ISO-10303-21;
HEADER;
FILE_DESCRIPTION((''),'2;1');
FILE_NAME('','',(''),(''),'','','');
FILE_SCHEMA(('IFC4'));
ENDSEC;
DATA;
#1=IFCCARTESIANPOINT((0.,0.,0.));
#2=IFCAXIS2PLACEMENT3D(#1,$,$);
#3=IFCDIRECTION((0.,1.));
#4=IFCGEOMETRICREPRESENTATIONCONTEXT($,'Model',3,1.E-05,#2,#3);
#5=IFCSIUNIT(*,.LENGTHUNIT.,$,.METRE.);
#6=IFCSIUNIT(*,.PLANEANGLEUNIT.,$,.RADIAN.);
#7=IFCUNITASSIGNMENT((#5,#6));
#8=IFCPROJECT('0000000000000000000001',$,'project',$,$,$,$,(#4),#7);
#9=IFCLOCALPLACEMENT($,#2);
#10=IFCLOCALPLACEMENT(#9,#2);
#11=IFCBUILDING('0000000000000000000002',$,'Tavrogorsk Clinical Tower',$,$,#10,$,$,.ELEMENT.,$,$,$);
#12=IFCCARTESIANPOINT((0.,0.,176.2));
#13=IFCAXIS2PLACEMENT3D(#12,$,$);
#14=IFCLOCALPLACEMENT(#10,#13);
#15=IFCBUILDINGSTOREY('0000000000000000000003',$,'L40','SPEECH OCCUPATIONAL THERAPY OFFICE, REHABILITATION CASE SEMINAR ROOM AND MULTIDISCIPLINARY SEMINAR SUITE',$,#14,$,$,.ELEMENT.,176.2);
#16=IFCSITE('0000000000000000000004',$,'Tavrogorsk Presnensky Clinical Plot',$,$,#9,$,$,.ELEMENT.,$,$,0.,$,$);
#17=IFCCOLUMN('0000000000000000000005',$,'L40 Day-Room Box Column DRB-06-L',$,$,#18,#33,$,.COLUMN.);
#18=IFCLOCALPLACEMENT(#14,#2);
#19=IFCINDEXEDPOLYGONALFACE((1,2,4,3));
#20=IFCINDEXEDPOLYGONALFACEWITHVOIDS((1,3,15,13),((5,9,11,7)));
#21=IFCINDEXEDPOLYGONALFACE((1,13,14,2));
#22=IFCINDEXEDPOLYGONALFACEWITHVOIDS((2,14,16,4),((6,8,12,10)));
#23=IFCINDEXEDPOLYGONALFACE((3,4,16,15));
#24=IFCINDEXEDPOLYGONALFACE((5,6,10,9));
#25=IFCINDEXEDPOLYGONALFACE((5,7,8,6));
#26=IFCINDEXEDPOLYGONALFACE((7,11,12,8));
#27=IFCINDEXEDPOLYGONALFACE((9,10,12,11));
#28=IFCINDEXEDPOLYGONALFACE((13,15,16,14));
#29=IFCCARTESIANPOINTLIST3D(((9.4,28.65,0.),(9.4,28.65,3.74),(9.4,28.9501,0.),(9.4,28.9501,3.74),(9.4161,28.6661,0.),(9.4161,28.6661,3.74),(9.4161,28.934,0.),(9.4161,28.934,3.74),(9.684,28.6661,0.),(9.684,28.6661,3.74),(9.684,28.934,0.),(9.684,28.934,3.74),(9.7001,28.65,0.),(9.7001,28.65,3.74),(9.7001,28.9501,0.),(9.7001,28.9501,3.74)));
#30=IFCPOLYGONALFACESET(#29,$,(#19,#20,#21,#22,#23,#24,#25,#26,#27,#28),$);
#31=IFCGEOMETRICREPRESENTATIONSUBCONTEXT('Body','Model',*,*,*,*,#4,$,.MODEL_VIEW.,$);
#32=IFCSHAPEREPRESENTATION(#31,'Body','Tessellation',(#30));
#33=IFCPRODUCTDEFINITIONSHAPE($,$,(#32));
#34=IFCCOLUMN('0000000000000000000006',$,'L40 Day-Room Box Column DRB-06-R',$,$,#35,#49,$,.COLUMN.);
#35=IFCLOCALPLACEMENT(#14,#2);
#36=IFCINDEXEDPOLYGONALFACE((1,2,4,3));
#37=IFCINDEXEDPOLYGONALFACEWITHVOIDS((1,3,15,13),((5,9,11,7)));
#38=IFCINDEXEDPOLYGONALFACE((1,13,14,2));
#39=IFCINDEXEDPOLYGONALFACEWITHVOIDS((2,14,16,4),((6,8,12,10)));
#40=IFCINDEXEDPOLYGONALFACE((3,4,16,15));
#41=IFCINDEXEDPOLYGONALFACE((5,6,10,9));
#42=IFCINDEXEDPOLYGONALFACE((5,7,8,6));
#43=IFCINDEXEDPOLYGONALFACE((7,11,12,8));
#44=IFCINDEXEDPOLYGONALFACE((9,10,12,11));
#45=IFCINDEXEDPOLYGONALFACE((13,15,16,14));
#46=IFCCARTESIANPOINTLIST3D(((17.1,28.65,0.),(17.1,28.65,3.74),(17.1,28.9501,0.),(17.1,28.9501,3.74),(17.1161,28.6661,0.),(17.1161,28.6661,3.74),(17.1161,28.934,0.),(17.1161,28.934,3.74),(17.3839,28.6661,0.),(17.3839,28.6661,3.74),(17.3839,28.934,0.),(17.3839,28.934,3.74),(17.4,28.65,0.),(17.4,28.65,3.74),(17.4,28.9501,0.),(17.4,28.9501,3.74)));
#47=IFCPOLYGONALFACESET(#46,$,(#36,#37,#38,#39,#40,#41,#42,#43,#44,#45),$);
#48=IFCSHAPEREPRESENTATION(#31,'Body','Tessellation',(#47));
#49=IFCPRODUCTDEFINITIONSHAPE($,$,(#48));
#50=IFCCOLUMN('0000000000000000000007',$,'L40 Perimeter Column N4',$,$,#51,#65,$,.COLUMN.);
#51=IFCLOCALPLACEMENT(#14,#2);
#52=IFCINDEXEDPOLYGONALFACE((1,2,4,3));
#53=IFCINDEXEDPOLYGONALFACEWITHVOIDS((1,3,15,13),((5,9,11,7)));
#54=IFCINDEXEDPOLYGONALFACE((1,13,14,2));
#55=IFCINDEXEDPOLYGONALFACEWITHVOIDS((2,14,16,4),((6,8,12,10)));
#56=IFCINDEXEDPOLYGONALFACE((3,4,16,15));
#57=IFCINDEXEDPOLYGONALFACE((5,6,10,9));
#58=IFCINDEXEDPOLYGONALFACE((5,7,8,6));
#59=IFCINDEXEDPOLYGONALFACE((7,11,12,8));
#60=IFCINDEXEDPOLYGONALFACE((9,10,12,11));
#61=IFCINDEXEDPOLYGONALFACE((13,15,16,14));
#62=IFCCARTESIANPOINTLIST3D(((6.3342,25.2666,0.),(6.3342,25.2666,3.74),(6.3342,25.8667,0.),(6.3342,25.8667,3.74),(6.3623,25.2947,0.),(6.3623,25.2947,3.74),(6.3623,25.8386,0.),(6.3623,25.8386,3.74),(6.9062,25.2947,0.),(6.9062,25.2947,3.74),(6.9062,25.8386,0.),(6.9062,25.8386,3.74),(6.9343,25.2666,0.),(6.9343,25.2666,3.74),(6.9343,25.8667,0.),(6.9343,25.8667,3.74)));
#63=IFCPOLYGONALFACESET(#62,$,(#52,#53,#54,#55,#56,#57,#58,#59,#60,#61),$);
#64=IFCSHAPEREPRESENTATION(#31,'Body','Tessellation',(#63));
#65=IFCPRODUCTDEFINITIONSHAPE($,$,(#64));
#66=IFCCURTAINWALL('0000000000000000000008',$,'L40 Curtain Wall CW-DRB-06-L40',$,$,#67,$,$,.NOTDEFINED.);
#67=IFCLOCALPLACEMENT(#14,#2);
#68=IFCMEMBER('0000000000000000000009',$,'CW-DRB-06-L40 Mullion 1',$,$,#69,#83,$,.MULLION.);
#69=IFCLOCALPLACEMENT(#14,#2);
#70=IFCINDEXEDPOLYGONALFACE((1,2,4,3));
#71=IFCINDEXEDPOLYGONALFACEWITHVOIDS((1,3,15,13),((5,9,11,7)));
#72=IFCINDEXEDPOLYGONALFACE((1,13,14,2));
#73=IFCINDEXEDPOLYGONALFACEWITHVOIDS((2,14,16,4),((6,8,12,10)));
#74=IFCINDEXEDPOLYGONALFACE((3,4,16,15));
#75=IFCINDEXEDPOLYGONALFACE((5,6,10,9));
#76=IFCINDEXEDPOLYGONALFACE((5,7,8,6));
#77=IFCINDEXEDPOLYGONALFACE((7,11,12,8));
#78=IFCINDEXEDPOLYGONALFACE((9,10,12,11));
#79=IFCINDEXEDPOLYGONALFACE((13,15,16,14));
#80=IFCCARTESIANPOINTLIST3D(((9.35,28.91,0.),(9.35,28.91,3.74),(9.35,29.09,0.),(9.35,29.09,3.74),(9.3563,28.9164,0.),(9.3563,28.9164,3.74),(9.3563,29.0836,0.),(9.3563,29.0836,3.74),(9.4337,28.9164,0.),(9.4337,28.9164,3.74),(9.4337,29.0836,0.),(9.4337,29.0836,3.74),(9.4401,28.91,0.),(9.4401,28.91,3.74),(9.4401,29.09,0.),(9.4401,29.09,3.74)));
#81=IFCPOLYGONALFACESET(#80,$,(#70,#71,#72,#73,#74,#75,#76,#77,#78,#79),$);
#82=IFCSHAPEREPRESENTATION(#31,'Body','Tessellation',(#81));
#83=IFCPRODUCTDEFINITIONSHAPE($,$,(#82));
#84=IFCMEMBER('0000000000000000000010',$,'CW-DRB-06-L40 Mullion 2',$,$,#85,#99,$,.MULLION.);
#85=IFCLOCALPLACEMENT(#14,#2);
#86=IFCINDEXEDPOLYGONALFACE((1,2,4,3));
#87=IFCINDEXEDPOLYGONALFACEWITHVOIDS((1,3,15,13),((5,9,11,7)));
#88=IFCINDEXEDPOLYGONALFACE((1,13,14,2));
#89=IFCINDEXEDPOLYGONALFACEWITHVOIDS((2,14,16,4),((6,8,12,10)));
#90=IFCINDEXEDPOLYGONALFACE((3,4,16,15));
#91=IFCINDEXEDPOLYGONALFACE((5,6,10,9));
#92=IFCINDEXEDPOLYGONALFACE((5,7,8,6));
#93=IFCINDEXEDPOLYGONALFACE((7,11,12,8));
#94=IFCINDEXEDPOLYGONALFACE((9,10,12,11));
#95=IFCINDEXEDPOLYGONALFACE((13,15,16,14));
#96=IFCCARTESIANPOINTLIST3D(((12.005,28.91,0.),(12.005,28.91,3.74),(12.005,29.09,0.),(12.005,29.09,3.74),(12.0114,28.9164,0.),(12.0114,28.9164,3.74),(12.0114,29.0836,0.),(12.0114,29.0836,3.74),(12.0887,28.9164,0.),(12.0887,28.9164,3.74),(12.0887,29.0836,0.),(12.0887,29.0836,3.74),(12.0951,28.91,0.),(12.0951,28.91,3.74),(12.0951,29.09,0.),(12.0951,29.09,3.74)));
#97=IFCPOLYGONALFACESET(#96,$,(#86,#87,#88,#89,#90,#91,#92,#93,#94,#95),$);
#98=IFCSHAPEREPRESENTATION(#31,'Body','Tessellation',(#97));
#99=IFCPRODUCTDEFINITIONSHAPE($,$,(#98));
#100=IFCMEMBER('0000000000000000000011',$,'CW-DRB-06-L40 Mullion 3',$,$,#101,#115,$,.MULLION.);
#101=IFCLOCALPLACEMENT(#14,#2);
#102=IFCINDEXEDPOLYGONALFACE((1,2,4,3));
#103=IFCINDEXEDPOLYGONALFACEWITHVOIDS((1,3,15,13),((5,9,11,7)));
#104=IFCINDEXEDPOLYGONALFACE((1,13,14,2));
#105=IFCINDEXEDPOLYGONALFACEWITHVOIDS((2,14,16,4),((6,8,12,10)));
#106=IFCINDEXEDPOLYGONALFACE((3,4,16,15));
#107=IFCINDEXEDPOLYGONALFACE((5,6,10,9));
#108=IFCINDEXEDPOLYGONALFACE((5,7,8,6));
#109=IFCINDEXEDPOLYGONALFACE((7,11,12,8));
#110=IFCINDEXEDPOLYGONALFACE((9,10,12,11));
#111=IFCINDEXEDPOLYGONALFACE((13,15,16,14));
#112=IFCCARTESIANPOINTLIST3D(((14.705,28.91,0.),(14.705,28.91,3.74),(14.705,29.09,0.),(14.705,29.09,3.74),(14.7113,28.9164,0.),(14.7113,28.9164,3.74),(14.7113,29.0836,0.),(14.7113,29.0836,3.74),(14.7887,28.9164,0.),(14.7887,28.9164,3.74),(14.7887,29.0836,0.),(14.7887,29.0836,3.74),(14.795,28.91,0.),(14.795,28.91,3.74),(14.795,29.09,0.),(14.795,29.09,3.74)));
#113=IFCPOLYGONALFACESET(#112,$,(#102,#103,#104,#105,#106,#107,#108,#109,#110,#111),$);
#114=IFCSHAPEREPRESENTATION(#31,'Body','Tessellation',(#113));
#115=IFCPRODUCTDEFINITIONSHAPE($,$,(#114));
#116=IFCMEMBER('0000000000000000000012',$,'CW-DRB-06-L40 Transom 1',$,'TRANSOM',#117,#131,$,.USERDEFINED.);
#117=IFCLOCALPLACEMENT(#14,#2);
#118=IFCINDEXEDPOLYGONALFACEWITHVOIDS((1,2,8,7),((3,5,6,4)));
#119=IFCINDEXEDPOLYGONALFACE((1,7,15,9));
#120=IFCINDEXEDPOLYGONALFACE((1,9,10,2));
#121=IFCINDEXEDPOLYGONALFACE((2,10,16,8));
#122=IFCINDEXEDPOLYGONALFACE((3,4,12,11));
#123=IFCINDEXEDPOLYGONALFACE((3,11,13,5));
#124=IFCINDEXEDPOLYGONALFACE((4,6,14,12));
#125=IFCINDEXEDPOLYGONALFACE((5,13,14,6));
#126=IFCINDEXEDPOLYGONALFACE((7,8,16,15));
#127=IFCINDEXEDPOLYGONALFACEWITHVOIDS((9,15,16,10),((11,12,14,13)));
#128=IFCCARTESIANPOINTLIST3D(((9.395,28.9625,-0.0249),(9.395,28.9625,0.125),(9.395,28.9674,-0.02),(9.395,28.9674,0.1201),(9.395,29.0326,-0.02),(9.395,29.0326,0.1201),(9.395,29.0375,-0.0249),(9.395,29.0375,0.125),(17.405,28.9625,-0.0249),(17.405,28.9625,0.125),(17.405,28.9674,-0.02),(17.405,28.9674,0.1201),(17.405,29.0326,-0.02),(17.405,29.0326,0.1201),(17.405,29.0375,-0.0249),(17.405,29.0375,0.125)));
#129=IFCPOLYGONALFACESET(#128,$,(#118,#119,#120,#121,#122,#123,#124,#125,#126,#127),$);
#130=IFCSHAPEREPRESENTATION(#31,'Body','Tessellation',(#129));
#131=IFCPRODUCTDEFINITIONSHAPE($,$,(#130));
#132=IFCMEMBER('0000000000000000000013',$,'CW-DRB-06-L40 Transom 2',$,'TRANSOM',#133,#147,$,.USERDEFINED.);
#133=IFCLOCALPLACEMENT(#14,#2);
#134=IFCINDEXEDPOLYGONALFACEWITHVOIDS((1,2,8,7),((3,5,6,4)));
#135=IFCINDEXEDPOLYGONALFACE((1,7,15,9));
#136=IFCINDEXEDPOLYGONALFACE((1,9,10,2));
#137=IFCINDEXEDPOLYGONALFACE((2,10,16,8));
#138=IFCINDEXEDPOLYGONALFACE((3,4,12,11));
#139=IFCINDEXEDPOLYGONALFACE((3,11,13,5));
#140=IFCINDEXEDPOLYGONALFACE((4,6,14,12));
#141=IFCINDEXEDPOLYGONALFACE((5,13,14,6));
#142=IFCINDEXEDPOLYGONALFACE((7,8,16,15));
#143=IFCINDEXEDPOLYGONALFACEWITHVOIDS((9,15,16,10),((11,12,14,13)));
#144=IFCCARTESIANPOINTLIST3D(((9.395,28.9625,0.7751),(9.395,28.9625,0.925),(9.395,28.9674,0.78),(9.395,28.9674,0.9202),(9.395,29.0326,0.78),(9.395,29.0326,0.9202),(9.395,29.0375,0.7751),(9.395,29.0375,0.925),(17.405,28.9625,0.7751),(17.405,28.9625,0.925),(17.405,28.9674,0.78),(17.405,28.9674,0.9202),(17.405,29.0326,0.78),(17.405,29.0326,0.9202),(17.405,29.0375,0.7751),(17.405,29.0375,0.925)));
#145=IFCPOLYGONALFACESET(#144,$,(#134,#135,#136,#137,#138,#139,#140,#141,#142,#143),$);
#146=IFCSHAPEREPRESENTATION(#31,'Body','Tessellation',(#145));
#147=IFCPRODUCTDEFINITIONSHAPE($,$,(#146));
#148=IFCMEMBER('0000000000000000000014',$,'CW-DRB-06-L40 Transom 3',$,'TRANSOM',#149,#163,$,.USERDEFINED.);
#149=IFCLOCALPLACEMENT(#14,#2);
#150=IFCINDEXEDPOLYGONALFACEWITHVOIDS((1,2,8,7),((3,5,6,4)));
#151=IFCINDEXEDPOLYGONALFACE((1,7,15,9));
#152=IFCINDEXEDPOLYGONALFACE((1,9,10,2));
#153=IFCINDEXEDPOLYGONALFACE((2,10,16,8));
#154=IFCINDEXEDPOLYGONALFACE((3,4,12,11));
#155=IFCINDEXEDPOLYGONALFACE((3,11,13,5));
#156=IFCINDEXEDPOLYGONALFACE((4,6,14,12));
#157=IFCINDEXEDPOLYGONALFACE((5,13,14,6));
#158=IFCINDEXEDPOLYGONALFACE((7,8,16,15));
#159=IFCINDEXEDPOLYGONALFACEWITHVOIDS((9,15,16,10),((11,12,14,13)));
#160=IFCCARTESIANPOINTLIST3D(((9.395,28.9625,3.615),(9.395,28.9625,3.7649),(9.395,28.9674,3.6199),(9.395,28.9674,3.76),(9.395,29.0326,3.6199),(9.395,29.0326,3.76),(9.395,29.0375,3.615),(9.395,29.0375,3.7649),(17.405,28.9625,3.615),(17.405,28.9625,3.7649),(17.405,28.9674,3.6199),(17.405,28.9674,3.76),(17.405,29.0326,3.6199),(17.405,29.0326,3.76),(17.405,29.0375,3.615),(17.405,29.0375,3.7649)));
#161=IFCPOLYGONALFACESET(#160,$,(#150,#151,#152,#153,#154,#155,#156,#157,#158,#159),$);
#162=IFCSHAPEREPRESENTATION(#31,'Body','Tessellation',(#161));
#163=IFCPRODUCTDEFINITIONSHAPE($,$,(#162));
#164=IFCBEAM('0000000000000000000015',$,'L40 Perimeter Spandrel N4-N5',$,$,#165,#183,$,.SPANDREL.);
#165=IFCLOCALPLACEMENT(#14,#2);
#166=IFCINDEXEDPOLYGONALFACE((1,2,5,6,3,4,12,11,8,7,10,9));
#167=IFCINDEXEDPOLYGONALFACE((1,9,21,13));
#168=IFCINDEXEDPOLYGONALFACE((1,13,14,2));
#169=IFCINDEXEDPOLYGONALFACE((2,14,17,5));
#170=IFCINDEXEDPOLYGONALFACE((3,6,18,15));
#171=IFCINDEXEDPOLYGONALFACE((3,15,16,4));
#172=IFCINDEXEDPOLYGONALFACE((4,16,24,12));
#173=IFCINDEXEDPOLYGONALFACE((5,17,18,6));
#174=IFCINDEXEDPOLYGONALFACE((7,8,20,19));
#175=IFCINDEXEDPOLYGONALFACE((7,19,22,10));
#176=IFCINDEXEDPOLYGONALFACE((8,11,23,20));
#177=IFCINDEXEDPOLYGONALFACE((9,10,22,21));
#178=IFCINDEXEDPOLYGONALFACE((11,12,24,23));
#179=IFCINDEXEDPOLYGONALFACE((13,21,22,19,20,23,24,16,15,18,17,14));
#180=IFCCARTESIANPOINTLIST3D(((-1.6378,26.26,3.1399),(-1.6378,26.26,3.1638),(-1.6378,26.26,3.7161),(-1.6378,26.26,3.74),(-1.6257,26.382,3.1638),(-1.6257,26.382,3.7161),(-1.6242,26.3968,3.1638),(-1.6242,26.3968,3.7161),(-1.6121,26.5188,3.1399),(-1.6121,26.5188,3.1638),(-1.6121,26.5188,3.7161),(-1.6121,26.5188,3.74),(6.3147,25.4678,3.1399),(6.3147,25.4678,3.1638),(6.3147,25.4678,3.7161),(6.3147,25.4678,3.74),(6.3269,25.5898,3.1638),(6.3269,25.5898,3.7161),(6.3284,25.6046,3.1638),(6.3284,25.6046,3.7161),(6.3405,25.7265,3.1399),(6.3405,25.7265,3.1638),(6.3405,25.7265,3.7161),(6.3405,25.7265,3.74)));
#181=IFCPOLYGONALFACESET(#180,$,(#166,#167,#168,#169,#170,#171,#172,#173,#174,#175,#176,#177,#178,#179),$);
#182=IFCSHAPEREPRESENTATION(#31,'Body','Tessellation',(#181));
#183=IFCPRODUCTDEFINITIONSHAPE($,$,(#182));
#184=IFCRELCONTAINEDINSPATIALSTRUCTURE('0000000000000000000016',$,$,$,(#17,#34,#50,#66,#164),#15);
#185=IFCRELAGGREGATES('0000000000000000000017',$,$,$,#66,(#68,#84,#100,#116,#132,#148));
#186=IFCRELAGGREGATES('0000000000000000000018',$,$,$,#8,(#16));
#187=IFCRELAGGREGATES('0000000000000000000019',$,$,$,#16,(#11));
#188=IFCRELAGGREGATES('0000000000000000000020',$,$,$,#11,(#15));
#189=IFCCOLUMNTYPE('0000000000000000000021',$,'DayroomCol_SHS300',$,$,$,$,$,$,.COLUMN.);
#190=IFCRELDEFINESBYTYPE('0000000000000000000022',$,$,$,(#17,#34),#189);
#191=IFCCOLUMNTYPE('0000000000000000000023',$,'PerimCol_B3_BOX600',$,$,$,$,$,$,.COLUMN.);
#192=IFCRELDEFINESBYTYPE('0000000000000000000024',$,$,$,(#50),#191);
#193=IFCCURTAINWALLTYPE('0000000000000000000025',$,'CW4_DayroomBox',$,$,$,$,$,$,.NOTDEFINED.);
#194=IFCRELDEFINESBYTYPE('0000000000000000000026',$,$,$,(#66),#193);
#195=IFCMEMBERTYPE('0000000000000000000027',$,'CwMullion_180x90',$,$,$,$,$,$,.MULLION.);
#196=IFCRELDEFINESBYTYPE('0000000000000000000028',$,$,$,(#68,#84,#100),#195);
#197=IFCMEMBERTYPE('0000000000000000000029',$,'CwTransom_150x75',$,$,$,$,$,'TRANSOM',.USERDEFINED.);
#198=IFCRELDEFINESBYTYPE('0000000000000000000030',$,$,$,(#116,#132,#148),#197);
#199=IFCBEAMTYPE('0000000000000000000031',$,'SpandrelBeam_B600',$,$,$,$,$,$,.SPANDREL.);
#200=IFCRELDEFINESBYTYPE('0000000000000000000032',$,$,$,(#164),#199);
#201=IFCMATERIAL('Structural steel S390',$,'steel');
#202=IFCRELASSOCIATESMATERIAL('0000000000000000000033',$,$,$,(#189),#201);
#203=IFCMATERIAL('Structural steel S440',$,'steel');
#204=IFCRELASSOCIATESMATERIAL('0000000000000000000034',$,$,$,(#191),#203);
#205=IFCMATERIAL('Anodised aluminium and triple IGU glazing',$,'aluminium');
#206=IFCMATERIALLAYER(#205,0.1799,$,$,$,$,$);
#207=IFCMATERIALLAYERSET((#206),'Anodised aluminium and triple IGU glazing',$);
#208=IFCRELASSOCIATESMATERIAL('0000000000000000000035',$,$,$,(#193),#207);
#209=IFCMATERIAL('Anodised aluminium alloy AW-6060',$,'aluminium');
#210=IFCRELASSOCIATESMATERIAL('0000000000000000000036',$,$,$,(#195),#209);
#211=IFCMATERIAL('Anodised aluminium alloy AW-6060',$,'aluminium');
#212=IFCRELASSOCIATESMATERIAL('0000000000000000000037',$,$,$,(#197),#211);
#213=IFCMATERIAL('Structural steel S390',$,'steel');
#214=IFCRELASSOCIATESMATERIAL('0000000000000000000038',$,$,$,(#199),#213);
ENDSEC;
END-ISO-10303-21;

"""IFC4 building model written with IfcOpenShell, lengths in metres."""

from ifc_helpers import new_model, si_unit, direction, frame, origin, origin_2d, place, context, subcontext, project, spatial, hollow_rectangle, i_section, extrude, material, layer, layer_set, material_profile, profile_set, type_object, element, aggregate, save


model = new_model("IFC4")

# Units and contexts
model_context = context("Model", 3, precision=1e-05, world=origin(), true_north=direction((0.0, 1.0)))
body_context = subcontext(model_context, "Body", "Model", "MODEL_VIEW")
ifc_project = project(units=[si_unit("LENGTHUNIT", "METRE"), si_unit("PLANEANGLEUNIT", "RADIAN")], contexts=[model_context])

# Site, building, storey
site_placement = place(None, origin())
site = spatial("IfcSite", under=ifc_project, at=site_placement, Name="Tavrogorsk Presnensky Clinical Plot", CompositionType="ELEMENT", RefElevation=0.0)
building_placement = place(site_placement, origin())
building = spatial("IfcBuilding", under=site, at=building_placement, Name="Tavrogorsk Clinical Tower", CompositionType="ELEMENT")
storey_placement = place(building_placement, frame((0.0, 0.0, 176.2)))
storey = spatial("IfcBuildingStorey", under=building, at=storey_placement, Name="L40", Description="SPEECH OCCUPATIONAL THERAPY OFFICE, REHABILITATION CASE SEMINAR ROOM AND MULTIDISCIPLINARY SEMINAR SUITE", CompositionType="ELEMENT", Elevation=176.2)

# Columns
ifc_material_1 = material(Name="Structural steel S390", Category="steel")
ifc_material_profile_1 = material_profile(ifc_material_1, hollow_rectangle(XDim=0.3, YDim=0.3, WallThickness=0.0161, at=origin_2d()), Name="SHS-300x300x16")
ifc_profile_set_1 = profile_set([ifc_material_profile_1], Name="Structural steel S390")
column_type_1 = type_object("IfcColumnType", Name="DayroomCol_SHS300", PredefinedType="COLUMN", material=ifc_profile_set_1)
for number, where, z_axis, x_axis, name in (
    (1, (9.55, 28.8, 0.0), (0.0, 0.0, 1.0), (1.0, 0.0, 0.0), "L40 Day-Room Box Column DRB-06-L"),
    (2, (17.25, 28.8, 0.0), (0.0, 0.0, 1.0), (1.0, 0.0, 0.0), "L40 Day-Room Box Column DRB-06-R"),
):
    element("IfcColumn", number, at=place(storey_placement, frame(where, z_axis=z_axis, x_axis=x_axis)), inside=storey, type_object=column_type_1, Name=name, PredefinedType="COLUMN", context=body_context, shape_type="SweptSolid", body=[
        extrude(hollow_rectangle(XDim=0.3, YDim=0.3, WallThickness=0.0161, at=origin_2d()), origin(), (0.0, 0.0, 1.0), 3.74),
    ])
ifc_material_2 = material(Name="Structural steel S440", Category="steel")
ifc_material_profile_2 = material_profile(ifc_material_2, hollow_rectangle(XDim=0.6001, YDim=0.6001, WallThickness=0.0281, at=origin_2d()), Name="BOX-600x600x28")
ifc_profile_set_2 = profile_set([ifc_material_profile_2], Name="Structural steel S440")
column_type_2 = type_object("IfcColumnType", Name="PerimCol_B3_BOX600", PredefinedType="COLUMN", material=ifc_profile_set_2)
column_placement = place(storey_placement, frame((6.6343, 25.5667, 0.0), z_axis=(0.0, 0.0, 1.0), x_axis=(1.0, 0.0, 0.0)))
element("IfcColumn", 3, at=column_placement, inside=storey, type_object=column_type_2, Name="L40 Perimeter Column N4", PredefinedType="COLUMN", context=body_context, shape_type="SweptSolid", body=[
    extrude(hollow_rectangle(XDim=0.6001, YDim=0.6001, WallThickness=0.0281, at=origin_2d()), origin(), (0.0, 0.0, 1.0), 3.74),
])

# Curtain wall, members
ifc_material_3 = material(Name="Anodised aluminium and triple IGU glazing", Category="aluminium")
ifc_layer_1 = layer(ifc_material_3, 0.1799)
ifc_layer_set_1 = layer_set([ifc_layer_1], Name="Anodised aluminium and triple IGU glazing")
curtain_wall_type = type_object("IfcCurtainWallType", Name="CW4_DayroomBox", PredefinedType="NOTDEFINED", material=ifc_layer_set_1)
curtain_wall_placement = place(storey_placement, origin())
curtain_wall = element("IfcCurtainWall", 4, at=curtain_wall_placement, inside=storey, type_object=curtain_wall_type, Name="L40 Curtain Wall CW-DRB-06-L40", PredefinedType="NOTDEFINED")
ifc_material_4 = material(Name="Anodised aluminium alloy AW-6060", Category="aluminium")
ifc_material_profile_3 = material_profile(ifc_material_4, hollow_rectangle(XDim=0.0901, YDim=0.1799, WallThickness=0.0063, at=origin_2d()), Name="RHS-180x90x6.3")
ifc_profile_set_3 = profile_set([ifc_material_profile_3], Name="Anodised aluminium alloy AW-6060")
member_type_1 = type_object("IfcMemberType", Name="CwMullion_180x90", PredefinedType="MULLION", material=ifc_profile_set_3)
member_1_placement = place(storey_placement, frame((9.395, 29.0, 0.0), z_axis=(0.0, 0.0, 1.0), x_axis=(1.0, 0.0, 0.0)))
member_1 = element("IfcMember", 5, at=member_1_placement, type_object=member_type_1, Name="CW-DRB-06-L40 Mullion 1", PredefinedType="MULLION", context=body_context, shape_type="SweptSolid", body=[
    extrude(hollow_rectangle(XDim=0.0901, YDim=0.1799, WallThickness=0.0063, at=origin_2d()), origin(), (0.0, 0.0, 1.0), 3.74),
])
member_2_placement = place(storey_placement, frame((12.05, 29.0, 0.0), z_axis=(0.0, 0.0, 1.0), x_axis=(1.0, 0.0, 0.0)))
member_2 = element("IfcMember", 6, at=member_2_placement, type_object=member_type_1, Name="CW-DRB-06-L40 Mullion 2", PredefinedType="MULLION", context=body_context, shape_type="SweptSolid", body=[
    extrude(hollow_rectangle(XDim=0.0901, YDim=0.1799, WallThickness=0.0063, at=origin_2d()), origin(), (0.0, 0.0, 1.0), 3.74),
])
member_3_placement = place(storey_placement, frame((14.75, 29.0, 0.0), z_axis=(0.0, 0.0, 1.0), x_axis=(1.0, 0.0, 0.0)))
member_3 = element("IfcMember", 7, at=member_3_placement, type_object=member_type_1, Name="CW-DRB-06-L40 Mullion 3", PredefinedType="MULLION", context=body_context, shape_type="SweptSolid", body=[
    extrude(hollow_rectangle(XDim=0.0901, YDim=0.1799, WallThickness=0.0063, at=origin_2d()), origin(), (0.0, 0.0, 1.0), 3.74),
])
ifc_material_5 = material(Name="Anodised aluminium alloy AW-6060", Category="aluminium")
ifc_material_profile_4 = material_profile(ifc_material_5, hollow_rectangle(XDim=0.075, YDim=0.1499, WallThickness=0.0049, at=origin_2d()), Name="RHS-150x75x5")
ifc_profile_set_4 = profile_set([ifc_material_profile_4], Name="Anodised aluminium alloy AW-6060")
member_type_2 = type_object("IfcMemberType", Name="CwTransom_150x75", ElementType="TRANSOM", PredefinedType="USERDEFINED", material=ifc_profile_set_4)
member_4_placement = place(storey_placement, frame((9.395, 29.0, 0.05), z_axis=(1.0, 0.0, 0.0), x_axis=(0.0, 1.0, 0.0)))
member_4 = element("IfcMember", 8, at=member_4_placement, type_object=member_type_2, Name="CW-DRB-06-L40 Transom 1", ObjectType="TRANSOM", PredefinedType="USERDEFINED", context=body_context, shape_type="SweptSolid", body=[
    extrude(hollow_rectangle(XDim=0.075, YDim=0.1499, WallThickness=0.0049, at=origin_2d()), origin(), (0.0, 0.0, 1.0), 8.01),
])
member_5_placement = place(storey_placement, frame((9.395, 29.0, 0.8501), z_axis=(1.0, 0.0, 0.0), x_axis=(0.0, 1.0, 0.0)))
member_5 = element("IfcMember", 9, at=member_5_placement, type_object=member_type_2, Name="CW-DRB-06-L40 Transom 2", ObjectType="TRANSOM", PredefinedType="USERDEFINED", context=body_context, shape_type="SweptSolid", body=[
    extrude(hollow_rectangle(XDim=0.075, YDim=0.1499, WallThickness=0.0049, at=origin_2d()), origin(), (0.0, 0.0, 1.0), 8.01),
])
member_6_placement = place(storey_placement, frame((9.395, 29.0, 3.6899), z_axis=(1.0, 0.0, 0.0), x_axis=(0.0, 1.0, 0.0)))
member_6 = element("IfcMember", 10, at=member_6_placement, type_object=member_type_2, Name="CW-DRB-06-L40 Transom 3", ObjectType="TRANSOM", PredefinedType="USERDEFINED", context=body_context, shape_type="SweptSolid", body=[
    extrude(hollow_rectangle(XDim=0.075, YDim=0.1499, WallThickness=0.0049, at=origin_2d()), origin(), (0.0, 0.0, 1.0), 8.01),
])

# Beam
ifc_material_6 = material(Name="Structural steel S390", Category="steel")
ifc_material_profile_5 = material_profile(ifc_material_6, i_section(OverallWidth=0.26, OverallDepth=0.6001, WebThickness=0.0149, FlangeThickness=0.0239, at=origin_2d()), Name="B-600x260x15x24")
ifc_profile_set_5 = profile_set([ifc_material_profile_5], Name="Structural steel S390")
beam_type_1 = type_object("IfcBeamType", Name="SpandrelBeam_B600", PredefinedType="SPANDREL", material=ifc_profile_set_5)
beam_1_placement = place(storey_placement, frame((6.3276, 25.5972, 3.4399), z_axis=(-0.995075, 0.099129, 0.0), x_axis=(-0.099129, -0.995075, 0.0)))
element("IfcBeam", 11, at=beam_1_placement, inside=storey, type_object=beam_type_1, Name="L40 Perimeter Spandrel N4-N5", PredefinedType="SPANDREL", context=body_context, shape_type="SweptSolid", body=[
    extrude(i_section(OverallWidth=0.26, OverallDepth=0.6001, WebThickness=0.0149, FlangeThickness=0.0239, at=origin_2d()), origin(), (0.0, 0.0, 1.0), 7.9919),
])

aggregate(curtain_wall, [member_1, member_2, member_3, member_4, member_5, member_6])

save(model, "model.ifc")
